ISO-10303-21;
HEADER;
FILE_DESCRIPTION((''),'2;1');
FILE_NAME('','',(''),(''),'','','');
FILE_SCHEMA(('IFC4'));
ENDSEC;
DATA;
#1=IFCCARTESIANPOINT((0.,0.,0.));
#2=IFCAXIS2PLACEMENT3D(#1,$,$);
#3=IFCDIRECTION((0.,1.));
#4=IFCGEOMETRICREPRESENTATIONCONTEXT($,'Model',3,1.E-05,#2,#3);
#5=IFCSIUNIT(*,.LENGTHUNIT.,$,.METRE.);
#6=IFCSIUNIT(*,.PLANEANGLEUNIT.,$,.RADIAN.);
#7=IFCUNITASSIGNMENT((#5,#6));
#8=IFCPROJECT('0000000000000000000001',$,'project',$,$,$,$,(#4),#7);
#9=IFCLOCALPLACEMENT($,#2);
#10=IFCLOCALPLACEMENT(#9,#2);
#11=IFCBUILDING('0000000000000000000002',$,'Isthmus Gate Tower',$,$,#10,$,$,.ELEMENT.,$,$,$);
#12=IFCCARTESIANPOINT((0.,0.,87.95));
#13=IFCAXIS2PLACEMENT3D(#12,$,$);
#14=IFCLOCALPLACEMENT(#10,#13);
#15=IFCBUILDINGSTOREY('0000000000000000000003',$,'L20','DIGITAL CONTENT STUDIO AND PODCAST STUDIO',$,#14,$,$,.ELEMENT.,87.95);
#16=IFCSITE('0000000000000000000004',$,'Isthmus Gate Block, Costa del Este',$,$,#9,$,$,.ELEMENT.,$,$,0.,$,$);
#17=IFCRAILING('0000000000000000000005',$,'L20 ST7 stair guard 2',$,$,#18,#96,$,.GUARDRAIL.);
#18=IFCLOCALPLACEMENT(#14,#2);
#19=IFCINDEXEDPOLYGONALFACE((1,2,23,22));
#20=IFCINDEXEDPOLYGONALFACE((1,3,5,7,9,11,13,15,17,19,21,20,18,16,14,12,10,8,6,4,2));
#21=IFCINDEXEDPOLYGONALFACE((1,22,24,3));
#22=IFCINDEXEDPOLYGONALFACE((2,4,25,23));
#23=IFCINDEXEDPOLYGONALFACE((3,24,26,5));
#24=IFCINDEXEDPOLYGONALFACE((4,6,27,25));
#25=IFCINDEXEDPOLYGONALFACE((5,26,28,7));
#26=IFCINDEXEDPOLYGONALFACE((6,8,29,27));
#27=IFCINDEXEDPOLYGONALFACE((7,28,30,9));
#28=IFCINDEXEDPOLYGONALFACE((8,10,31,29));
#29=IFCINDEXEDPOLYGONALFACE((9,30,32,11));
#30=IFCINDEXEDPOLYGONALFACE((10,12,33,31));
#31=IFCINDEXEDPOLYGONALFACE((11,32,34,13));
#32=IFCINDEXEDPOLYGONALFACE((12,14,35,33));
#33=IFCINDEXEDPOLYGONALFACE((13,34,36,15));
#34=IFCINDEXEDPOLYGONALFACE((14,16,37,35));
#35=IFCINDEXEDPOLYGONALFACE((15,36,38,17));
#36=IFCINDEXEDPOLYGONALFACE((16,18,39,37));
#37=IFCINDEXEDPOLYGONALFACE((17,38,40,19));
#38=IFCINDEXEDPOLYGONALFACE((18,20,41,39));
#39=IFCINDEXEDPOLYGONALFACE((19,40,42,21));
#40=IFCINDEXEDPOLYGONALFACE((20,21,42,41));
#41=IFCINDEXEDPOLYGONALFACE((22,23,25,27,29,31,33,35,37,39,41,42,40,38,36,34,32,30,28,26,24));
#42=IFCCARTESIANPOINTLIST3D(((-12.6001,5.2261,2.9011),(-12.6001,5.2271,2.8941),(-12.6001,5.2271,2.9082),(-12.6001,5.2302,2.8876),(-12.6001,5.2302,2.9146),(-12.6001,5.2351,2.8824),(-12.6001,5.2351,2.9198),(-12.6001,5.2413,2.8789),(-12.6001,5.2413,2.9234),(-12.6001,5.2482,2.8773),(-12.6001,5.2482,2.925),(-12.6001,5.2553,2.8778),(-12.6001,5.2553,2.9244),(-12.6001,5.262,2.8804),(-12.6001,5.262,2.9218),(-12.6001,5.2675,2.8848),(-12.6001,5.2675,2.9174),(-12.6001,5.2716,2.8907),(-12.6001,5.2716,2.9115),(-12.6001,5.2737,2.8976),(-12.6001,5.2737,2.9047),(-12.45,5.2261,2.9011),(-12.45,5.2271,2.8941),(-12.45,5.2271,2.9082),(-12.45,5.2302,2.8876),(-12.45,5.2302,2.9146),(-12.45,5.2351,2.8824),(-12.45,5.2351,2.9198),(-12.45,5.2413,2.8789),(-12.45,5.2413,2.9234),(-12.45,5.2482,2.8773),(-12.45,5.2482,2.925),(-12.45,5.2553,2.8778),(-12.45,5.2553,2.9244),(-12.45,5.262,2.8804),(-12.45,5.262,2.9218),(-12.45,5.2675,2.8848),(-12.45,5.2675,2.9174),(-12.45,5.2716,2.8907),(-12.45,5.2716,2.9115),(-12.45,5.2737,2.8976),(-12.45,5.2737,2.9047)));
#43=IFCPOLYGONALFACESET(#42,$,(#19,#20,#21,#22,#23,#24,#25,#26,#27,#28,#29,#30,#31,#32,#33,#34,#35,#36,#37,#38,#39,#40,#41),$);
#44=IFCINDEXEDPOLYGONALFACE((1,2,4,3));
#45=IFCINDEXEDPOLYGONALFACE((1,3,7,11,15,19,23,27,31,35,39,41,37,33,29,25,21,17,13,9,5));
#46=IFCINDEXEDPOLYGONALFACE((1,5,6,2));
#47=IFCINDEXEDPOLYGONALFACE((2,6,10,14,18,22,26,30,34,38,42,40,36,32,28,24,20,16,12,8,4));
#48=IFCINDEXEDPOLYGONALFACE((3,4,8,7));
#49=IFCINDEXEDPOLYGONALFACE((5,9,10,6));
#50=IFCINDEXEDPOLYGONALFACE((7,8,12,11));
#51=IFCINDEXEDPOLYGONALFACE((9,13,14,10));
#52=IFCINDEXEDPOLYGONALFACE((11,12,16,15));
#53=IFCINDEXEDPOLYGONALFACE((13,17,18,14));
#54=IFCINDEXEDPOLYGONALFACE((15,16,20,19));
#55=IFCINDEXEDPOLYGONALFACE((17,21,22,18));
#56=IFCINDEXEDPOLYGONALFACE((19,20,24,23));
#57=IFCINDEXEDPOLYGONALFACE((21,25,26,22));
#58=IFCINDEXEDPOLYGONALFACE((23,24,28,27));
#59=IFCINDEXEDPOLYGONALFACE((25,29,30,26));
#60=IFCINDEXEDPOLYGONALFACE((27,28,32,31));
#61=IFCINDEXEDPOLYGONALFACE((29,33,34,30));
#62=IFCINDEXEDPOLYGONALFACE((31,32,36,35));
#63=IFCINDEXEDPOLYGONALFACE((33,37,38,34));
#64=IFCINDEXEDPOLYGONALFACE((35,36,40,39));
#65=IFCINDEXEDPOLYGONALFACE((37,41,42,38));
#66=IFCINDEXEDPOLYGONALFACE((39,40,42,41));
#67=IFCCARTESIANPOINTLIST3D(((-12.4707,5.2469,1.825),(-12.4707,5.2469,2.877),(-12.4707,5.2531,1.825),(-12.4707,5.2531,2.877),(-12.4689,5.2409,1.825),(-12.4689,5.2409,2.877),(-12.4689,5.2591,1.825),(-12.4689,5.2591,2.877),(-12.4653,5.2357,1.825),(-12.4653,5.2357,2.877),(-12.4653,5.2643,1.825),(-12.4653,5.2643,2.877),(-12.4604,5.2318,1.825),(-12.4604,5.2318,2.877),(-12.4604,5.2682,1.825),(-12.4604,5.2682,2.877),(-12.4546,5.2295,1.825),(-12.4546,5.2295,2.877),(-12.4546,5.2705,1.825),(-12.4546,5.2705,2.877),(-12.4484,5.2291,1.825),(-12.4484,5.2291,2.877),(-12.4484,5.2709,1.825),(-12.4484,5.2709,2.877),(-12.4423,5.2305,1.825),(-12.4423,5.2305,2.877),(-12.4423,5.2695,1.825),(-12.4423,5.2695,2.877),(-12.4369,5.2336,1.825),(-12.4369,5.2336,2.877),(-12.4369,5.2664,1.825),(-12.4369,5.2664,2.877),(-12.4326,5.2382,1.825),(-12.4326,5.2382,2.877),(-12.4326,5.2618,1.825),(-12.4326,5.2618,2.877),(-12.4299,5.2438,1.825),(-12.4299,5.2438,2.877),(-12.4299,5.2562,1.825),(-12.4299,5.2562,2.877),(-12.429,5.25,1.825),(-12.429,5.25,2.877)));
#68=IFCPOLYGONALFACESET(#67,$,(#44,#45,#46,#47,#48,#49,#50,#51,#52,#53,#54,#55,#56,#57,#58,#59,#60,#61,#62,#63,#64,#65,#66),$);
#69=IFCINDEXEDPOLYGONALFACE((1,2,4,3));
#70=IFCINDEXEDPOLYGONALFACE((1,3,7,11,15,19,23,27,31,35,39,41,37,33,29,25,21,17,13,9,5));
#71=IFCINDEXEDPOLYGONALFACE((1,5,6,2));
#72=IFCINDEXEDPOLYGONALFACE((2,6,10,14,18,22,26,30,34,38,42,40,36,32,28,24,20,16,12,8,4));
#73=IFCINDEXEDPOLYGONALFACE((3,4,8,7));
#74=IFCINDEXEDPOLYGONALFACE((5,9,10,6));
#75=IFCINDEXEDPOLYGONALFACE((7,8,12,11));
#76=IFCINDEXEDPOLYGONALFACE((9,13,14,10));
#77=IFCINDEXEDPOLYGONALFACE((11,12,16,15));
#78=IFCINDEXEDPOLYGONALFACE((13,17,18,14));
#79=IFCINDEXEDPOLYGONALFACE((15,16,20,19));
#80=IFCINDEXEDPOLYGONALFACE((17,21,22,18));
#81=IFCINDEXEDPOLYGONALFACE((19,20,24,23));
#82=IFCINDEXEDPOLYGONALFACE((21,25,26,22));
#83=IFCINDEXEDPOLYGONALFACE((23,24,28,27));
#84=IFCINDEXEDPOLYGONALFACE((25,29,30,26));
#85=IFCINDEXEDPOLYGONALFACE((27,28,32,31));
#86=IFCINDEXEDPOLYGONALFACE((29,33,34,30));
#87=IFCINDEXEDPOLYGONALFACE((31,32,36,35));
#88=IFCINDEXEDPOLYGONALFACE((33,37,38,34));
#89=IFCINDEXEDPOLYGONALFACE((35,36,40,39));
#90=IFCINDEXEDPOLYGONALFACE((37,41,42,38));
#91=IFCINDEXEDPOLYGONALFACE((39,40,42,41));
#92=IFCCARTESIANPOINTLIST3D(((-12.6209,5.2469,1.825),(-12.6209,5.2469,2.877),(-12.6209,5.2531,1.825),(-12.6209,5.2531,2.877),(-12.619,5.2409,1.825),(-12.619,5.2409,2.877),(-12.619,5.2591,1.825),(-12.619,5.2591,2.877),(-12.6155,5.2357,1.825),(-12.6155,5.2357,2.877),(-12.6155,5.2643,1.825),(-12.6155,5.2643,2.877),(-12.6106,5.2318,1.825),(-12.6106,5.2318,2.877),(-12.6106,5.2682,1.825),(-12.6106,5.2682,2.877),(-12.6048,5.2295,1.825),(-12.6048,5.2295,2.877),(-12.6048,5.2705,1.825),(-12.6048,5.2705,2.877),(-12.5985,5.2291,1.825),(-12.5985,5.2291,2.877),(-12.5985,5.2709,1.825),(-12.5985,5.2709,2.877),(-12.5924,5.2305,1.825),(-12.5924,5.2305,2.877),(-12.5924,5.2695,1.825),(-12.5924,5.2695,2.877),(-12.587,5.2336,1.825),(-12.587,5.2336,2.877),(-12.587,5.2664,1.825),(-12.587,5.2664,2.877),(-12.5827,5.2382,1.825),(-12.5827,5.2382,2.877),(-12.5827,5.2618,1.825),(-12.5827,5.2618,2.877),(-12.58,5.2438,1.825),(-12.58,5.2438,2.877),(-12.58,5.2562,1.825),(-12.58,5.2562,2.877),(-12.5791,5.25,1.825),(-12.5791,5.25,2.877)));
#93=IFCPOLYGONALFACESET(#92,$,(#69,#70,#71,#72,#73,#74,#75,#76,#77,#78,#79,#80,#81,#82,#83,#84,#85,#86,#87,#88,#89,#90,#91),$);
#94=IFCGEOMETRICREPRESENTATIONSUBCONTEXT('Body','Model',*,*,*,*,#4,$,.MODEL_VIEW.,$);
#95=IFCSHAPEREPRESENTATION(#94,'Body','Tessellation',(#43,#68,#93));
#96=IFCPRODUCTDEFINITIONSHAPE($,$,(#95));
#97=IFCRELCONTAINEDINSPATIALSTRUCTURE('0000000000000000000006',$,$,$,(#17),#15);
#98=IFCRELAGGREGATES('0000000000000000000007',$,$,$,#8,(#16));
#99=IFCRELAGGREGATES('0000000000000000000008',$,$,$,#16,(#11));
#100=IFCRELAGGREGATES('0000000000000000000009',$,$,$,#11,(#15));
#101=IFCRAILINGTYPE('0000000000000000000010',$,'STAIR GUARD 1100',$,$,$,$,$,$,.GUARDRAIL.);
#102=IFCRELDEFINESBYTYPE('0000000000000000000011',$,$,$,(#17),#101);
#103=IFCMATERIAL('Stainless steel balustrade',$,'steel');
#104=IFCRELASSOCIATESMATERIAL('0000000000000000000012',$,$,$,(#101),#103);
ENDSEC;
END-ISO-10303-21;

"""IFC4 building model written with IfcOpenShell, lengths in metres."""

from ifc_helpers import new_model, si_unit, direction, frame, origin, origin_2d, place, context, subcontext, project, spatial, circle, extrude, material, type_object, element, save


model = new_model("IFC4")

# Units and contexts
model_context = context("Model", 3, precision=1e-05, world=origin(), true_north=direction((0.0, 1.0)))
body_context = subcontext(model_context, "Body", "Model", "MODEL_VIEW")
ifc_project = project(units=[si_unit("LENGTHUNIT", "METRE"), si_unit("PLANEANGLEUNIT", "RADIAN")], contexts=[model_context])

# Site, building, storey
site_placement = place(None, origin())
site = spatial("IfcSite", under=ifc_project, at=site_placement, Name="Isthmus Gate Block, Costa del Este", CompositionType="ELEMENT", RefElevation=0.0)
building_placement = place(site_placement, origin())
building = spatial("IfcBuilding", under=site, at=building_placement, Name="Isthmus Gate Tower", CompositionType="ELEMENT")
storey_placement = place(building_placement, frame((0.0, 0.0, 87.95)))
storey = spatial("IfcBuildingStorey", under=building, at=storey_placement, Name="L20", Description="DIGITAL CONTENT STUDIO AND PODCAST STUDIO", CompositionType="ELEMENT", Elevation=87.95)

# Railing
ifc_material_1 = material(Name="Stainless steel balustrade", Category="steel")
railing_type_1 = type_object("IfcRailingType", Name="STAIR GUARD 1100", PredefinedType="GUARDRAIL", material=ifc_material_1)
railing_1_placement = place(storey_placement, frame((-12.45, 5.25, 1.825)))
element("IfcRailing", 1, at=railing_1_placement, inside=storey, type_object=railing_type_1, Name="L20 ST7 stair guard 2", PredefinedType="GUARDRAIL", context=body_context, shape_type="SweptSolid", body=[
    extrude(circle(Radius=0.0239, at=origin_2d()), frame((0.0, 0.0, 1.0762), z_axis=(-1.0, 0.0, 0.0), x_axis=(0.0, -1.0, 0.0)), (0.0, 0.0, 1.0), 0.1501),
    extrude(circle(Radius=0.021, at=origin_2d()), origin(), (0.0, 0.0, 1.0), 1.052),
    extrude(circle(Radius=0.021, at=origin_2d()), frame((-0.1501, 0.0, 0.0)), (0.0, 0.0, 1.0), 1.052),
])

save(model, "model.ifc")
